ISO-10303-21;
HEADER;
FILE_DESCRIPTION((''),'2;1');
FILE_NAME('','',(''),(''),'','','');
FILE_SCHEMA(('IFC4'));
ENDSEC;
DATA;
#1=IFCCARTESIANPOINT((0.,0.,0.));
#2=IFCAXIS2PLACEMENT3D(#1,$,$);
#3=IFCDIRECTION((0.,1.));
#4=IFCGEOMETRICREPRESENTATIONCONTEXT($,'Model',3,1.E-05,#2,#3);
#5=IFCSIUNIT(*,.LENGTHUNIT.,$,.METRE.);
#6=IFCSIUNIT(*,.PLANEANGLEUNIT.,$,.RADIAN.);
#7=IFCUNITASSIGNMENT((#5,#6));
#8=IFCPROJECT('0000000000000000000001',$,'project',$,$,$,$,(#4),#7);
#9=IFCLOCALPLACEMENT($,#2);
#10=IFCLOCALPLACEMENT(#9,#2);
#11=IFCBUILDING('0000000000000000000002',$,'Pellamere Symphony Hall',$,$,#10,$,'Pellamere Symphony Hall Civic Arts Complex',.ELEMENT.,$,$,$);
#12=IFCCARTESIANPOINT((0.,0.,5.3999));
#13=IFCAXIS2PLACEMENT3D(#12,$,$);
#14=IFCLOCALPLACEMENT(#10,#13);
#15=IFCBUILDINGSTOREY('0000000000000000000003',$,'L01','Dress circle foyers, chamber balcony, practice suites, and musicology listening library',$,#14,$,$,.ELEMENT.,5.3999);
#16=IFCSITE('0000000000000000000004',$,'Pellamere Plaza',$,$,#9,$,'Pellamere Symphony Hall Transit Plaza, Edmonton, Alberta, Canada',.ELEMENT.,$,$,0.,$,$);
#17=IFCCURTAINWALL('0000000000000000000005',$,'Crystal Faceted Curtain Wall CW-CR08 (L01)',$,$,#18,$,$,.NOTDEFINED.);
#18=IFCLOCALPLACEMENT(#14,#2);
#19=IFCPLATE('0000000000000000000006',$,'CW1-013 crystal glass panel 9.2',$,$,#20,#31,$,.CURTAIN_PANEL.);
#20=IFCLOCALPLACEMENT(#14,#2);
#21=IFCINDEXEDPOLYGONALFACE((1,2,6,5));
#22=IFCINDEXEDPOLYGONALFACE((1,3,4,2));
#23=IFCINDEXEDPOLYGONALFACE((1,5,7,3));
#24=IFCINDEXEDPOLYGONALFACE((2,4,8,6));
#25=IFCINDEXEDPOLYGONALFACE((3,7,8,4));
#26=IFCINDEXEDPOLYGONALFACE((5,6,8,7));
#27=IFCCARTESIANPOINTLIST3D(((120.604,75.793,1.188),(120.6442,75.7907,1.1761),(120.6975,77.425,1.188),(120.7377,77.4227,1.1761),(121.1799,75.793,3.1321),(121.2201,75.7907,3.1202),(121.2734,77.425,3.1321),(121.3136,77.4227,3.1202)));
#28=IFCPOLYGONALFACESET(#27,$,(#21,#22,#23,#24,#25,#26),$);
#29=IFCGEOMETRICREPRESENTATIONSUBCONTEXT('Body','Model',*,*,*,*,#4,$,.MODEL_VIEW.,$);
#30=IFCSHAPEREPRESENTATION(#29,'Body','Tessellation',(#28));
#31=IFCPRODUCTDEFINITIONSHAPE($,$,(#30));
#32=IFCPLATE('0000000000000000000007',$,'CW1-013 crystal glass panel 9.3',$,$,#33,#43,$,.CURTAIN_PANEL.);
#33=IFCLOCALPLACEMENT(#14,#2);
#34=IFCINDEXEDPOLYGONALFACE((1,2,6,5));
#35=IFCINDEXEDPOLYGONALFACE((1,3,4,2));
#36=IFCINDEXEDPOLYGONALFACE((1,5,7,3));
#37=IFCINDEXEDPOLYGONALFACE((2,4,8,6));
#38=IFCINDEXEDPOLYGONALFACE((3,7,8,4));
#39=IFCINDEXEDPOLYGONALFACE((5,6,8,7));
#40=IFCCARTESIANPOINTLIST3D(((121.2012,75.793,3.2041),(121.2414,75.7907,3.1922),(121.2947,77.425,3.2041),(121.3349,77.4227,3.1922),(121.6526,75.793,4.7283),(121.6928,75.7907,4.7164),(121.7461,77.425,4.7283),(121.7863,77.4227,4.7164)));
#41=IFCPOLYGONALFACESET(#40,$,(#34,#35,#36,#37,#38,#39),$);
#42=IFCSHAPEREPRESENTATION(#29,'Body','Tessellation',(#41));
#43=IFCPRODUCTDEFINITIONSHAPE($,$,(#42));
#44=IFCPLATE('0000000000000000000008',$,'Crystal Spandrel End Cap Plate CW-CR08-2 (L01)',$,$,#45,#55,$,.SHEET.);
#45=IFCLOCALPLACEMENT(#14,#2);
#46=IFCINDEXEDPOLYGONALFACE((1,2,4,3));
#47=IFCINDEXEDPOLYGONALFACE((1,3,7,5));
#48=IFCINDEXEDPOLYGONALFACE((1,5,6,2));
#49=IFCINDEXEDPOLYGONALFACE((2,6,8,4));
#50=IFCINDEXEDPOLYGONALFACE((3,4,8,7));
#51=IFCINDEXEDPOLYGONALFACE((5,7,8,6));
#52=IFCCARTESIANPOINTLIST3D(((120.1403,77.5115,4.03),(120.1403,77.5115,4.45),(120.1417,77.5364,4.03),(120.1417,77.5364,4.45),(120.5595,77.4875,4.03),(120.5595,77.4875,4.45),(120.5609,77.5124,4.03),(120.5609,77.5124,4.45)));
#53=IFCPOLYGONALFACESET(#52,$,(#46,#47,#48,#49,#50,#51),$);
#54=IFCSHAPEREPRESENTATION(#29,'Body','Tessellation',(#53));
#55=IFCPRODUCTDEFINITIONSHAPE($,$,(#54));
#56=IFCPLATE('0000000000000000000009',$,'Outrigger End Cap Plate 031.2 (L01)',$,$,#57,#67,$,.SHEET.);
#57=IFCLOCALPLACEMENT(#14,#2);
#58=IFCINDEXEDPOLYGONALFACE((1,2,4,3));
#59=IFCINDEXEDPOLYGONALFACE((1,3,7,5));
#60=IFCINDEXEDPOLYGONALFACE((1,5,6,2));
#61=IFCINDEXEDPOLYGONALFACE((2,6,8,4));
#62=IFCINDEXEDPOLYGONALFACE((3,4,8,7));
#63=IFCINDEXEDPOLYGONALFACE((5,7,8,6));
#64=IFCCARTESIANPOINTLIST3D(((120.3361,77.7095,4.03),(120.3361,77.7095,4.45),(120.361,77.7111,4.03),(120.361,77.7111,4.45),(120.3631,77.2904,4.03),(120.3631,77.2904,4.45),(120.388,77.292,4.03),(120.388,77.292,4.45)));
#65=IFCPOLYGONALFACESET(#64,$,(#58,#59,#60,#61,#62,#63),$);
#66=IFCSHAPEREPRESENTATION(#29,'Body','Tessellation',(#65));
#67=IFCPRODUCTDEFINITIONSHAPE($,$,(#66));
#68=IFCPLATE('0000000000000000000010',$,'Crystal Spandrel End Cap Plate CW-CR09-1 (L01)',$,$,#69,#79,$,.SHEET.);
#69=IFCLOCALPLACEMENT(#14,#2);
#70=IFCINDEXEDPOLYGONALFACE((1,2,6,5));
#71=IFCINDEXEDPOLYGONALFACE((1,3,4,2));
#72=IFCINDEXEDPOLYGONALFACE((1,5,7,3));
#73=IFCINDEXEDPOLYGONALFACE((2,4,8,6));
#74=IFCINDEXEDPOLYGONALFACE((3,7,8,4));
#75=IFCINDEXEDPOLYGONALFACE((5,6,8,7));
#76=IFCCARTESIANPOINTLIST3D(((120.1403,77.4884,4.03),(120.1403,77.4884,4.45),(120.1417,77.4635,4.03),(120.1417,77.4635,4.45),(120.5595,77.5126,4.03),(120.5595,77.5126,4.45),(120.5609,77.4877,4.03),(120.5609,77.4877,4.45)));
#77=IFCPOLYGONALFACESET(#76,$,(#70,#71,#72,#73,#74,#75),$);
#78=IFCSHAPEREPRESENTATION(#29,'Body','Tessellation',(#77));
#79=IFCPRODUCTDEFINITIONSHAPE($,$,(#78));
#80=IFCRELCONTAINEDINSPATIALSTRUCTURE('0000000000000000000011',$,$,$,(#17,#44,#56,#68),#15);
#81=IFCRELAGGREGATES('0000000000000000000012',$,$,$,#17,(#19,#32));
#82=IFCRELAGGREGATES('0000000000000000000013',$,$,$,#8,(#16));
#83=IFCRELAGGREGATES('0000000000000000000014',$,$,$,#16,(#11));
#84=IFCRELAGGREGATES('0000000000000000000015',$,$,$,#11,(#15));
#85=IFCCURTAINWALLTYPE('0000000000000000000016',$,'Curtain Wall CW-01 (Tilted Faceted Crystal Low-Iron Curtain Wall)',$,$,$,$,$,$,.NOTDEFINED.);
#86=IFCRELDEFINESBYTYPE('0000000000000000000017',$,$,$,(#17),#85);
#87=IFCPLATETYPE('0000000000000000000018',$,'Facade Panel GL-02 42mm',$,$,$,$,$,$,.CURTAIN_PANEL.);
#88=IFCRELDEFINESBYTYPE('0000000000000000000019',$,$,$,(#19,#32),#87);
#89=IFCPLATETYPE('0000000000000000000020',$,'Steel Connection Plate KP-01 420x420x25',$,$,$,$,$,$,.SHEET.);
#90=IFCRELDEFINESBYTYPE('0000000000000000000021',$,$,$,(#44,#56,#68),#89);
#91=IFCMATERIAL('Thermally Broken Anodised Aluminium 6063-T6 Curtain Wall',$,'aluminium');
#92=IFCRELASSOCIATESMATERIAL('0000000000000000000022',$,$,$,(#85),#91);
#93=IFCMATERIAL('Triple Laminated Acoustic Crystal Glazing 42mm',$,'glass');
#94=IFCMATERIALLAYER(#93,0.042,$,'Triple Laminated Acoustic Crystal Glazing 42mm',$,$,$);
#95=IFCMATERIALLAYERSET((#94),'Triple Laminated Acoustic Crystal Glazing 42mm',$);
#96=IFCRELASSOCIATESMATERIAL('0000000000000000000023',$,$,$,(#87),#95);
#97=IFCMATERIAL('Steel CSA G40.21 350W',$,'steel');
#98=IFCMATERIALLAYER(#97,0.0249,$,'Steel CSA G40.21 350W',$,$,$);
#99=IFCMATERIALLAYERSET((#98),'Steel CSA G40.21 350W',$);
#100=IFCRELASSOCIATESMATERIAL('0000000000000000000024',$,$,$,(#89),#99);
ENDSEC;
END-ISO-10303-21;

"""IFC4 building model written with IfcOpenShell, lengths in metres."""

from ifc_helpers import new_model, si_unit, direction, frame, origin, origin_2d, place, context, subcontext, project, spatial, polyline, rectangle, outline, extrude, material, layer, layer_set, type_object, element, aggregate, save


model = new_model("IFC4")

# Units and contexts
model_context = context("Model", 3, precision=1e-05, world=origin(), true_north=direction((0.0, 1.0)))
body_context = subcontext(model_context, "Body", "Model", "MODEL_VIEW")
ifc_project = project(units=[si_unit("LENGTHUNIT", "METRE"), si_unit("PLANEANGLEUNIT", "RADIAN")], contexts=[model_context])

# Site, building, storey
site_placement = place(None, origin())
site = spatial("IfcSite", under=ifc_project, at=site_placement, Name="Pellamere Plaza", LongName="Pellamere Symphony Hall Transit Plaza, Edmonton, Alberta, Canada", CompositionType="ELEMENT", RefElevation=0.0)
building_placement = place(site_placement, origin())
building = spatial("IfcBuilding", under=site, at=building_placement, Name="Pellamere Symphony Hall", LongName="Pellamere Symphony Hall Civic Arts Complex", CompositionType="ELEMENT")
storey_placement = place(building_placement, frame((0.0, 0.0, 5.3999)))
storey = spatial("IfcBuildingStorey", under=building, at=storey_placement, Name="L01", Description="Dress circle foyers, chamber balcony, practice suites, and musicology listening library", CompositionType="ELEMENT", Elevation=5.3999)

# Curtain wall
ifc_material_1 = material(Name="Thermally Broken Anodised Aluminium 6063-T6 Curtain Wall", Category="aluminium")
curtain_wall_type = type_object("IfcCurtainWallType", Name="Curtain Wall CW-01 (Tilted Faceted Crystal Low-Iron Curtain Wall)", PredefinedType="NOTDEFINED", material=ifc_material_1)
curtain_wall_1_placement = place(storey_placement, origin())
curtain_wall_1 = element("IfcCurtainWall", 1, at=curtain_wall_1_placement, inside=storey, type_object=curtain_wall_type, Name="Crystal Faceted Curtain Wall CW-CR08 (L01)", PredefinedType="NOTDEFINED")

# Shared definitions
ifc_material_2 = material(Name="Steel CSA G40.21 350W", Category="steel")

# Plates
ifc_material_3 = material(Name="Triple Laminated Acoustic Crystal Glazing 42mm", Category="glass")
ifc_layer_1 = layer(ifc_material_3, 0.042, Name="Triple Laminated Acoustic Crystal Glazing 42mm")
ifc_layer_set_1 = layer_set([ifc_layer_1], Name="Triple Laminated Acoustic Crystal Glazing 42mm")
plate_type_1 = type_object("IfcPlateType", Name="Facade Panel GL-02 42mm", PredefinedType="CURTAIN_PANEL", material=ifc_layer_set_1)
plate_1_placement = place(storey_placement, frame((120.604, 75.793, 1.188), z_axis=(-0.957368, 0.05485, 0.283616), x_axis=(0.057199, 0.998363, 0.0)))
plate_1 = element("IfcPlate", 2, at=plate_1_placement, type_object=plate_type_1, Name="CW1-013 crystal glass panel 9.2", PredefinedType="CURTAIN_PANEL", context=body_context, shape_type="SweptSolid", body=[
    extrude(outline(polyline([(0.0, 0.0), (1.6348, 0.0), (1.6677, -2.0273), (0.0329, -2.0273), (0.0, 0.0)])), origin(), (0.0, 0.0, -1.0), 0.042),
])
plate_2_placement = place(storey_placement, frame((121.2012, 75.793, 3.2041), z_axis=(-0.957387, 0.054851, 0.283551), x_axis=(0.057199, 0.998363, 0.0)))
plate_2 = element("IfcPlate", 3, at=plate_2_placement, type_object=plate_type_1, Name="CW1-013 crystal glass panel 9.3", PredefinedType="CURTAIN_PANEL", context=body_context, shape_type="SweptSolid", body=[
    extrude(outline(polyline([(0.0, 0.0), (1.6348, 0.0), (1.6606, -1.5894), (0.0258, -1.5894), (0.0, 0.0)])), origin(), (0.0, 0.0, -1.0), 0.042),
])
aggregate(curtain_wall_1, [plate_1, plate_2])

# Plates
ifc_layer_2 = layer(ifc_material_2, 0.0249, Name="Steel CSA G40.21 350W")
ifc_layer_set_2 = layer_set([ifc_layer_2], Name="Steel CSA G40.21 350W")
plate_type_2 = type_object("IfcPlateType", Name="Steel Connection Plate KP-01 420x420x25", PredefinedType="SHEET", material=ifc_layer_set_2)
for number, where, z_axis, x_axis, name in (
    (4, (120.3506, 77.512, 4.03), (0.0, 0.0, 1.0), (0.057216, 0.998362, 0.0), "Crystal Spandrel End Cap Plate CW-CR08-2 (L01)"),
    (5, (120.3621, 77.5007, 4.03), (0.0, 0.0, 1.0), (0.997927, 0.064358, 0.0), "Outrigger End Cap Plate 031.2 (L01)"),
    (6, (120.3506, 77.488, 4.03), (0.0, 0.0, 1.0), (-0.057564, 0.998342, 0.0), "Crystal Spandrel End Cap Plate CW-CR09-1 (L01)"),
):
    element("IfcPlate", number, at=place(storey_placement, frame(where, z_axis=z_axis, x_axis=x_axis)), inside=storey, type_object=plate_type_2, Name=name, PredefinedType="SHEET", context=body_context, shape_type="SweptSolid", body=[
        extrude(rectangle(XDim=0.0249, YDim=0.4199, at=origin_2d()), origin(), (0.0, 0.0, 1.0), 0.4199),
    ])

save(model, "model.ifc")
